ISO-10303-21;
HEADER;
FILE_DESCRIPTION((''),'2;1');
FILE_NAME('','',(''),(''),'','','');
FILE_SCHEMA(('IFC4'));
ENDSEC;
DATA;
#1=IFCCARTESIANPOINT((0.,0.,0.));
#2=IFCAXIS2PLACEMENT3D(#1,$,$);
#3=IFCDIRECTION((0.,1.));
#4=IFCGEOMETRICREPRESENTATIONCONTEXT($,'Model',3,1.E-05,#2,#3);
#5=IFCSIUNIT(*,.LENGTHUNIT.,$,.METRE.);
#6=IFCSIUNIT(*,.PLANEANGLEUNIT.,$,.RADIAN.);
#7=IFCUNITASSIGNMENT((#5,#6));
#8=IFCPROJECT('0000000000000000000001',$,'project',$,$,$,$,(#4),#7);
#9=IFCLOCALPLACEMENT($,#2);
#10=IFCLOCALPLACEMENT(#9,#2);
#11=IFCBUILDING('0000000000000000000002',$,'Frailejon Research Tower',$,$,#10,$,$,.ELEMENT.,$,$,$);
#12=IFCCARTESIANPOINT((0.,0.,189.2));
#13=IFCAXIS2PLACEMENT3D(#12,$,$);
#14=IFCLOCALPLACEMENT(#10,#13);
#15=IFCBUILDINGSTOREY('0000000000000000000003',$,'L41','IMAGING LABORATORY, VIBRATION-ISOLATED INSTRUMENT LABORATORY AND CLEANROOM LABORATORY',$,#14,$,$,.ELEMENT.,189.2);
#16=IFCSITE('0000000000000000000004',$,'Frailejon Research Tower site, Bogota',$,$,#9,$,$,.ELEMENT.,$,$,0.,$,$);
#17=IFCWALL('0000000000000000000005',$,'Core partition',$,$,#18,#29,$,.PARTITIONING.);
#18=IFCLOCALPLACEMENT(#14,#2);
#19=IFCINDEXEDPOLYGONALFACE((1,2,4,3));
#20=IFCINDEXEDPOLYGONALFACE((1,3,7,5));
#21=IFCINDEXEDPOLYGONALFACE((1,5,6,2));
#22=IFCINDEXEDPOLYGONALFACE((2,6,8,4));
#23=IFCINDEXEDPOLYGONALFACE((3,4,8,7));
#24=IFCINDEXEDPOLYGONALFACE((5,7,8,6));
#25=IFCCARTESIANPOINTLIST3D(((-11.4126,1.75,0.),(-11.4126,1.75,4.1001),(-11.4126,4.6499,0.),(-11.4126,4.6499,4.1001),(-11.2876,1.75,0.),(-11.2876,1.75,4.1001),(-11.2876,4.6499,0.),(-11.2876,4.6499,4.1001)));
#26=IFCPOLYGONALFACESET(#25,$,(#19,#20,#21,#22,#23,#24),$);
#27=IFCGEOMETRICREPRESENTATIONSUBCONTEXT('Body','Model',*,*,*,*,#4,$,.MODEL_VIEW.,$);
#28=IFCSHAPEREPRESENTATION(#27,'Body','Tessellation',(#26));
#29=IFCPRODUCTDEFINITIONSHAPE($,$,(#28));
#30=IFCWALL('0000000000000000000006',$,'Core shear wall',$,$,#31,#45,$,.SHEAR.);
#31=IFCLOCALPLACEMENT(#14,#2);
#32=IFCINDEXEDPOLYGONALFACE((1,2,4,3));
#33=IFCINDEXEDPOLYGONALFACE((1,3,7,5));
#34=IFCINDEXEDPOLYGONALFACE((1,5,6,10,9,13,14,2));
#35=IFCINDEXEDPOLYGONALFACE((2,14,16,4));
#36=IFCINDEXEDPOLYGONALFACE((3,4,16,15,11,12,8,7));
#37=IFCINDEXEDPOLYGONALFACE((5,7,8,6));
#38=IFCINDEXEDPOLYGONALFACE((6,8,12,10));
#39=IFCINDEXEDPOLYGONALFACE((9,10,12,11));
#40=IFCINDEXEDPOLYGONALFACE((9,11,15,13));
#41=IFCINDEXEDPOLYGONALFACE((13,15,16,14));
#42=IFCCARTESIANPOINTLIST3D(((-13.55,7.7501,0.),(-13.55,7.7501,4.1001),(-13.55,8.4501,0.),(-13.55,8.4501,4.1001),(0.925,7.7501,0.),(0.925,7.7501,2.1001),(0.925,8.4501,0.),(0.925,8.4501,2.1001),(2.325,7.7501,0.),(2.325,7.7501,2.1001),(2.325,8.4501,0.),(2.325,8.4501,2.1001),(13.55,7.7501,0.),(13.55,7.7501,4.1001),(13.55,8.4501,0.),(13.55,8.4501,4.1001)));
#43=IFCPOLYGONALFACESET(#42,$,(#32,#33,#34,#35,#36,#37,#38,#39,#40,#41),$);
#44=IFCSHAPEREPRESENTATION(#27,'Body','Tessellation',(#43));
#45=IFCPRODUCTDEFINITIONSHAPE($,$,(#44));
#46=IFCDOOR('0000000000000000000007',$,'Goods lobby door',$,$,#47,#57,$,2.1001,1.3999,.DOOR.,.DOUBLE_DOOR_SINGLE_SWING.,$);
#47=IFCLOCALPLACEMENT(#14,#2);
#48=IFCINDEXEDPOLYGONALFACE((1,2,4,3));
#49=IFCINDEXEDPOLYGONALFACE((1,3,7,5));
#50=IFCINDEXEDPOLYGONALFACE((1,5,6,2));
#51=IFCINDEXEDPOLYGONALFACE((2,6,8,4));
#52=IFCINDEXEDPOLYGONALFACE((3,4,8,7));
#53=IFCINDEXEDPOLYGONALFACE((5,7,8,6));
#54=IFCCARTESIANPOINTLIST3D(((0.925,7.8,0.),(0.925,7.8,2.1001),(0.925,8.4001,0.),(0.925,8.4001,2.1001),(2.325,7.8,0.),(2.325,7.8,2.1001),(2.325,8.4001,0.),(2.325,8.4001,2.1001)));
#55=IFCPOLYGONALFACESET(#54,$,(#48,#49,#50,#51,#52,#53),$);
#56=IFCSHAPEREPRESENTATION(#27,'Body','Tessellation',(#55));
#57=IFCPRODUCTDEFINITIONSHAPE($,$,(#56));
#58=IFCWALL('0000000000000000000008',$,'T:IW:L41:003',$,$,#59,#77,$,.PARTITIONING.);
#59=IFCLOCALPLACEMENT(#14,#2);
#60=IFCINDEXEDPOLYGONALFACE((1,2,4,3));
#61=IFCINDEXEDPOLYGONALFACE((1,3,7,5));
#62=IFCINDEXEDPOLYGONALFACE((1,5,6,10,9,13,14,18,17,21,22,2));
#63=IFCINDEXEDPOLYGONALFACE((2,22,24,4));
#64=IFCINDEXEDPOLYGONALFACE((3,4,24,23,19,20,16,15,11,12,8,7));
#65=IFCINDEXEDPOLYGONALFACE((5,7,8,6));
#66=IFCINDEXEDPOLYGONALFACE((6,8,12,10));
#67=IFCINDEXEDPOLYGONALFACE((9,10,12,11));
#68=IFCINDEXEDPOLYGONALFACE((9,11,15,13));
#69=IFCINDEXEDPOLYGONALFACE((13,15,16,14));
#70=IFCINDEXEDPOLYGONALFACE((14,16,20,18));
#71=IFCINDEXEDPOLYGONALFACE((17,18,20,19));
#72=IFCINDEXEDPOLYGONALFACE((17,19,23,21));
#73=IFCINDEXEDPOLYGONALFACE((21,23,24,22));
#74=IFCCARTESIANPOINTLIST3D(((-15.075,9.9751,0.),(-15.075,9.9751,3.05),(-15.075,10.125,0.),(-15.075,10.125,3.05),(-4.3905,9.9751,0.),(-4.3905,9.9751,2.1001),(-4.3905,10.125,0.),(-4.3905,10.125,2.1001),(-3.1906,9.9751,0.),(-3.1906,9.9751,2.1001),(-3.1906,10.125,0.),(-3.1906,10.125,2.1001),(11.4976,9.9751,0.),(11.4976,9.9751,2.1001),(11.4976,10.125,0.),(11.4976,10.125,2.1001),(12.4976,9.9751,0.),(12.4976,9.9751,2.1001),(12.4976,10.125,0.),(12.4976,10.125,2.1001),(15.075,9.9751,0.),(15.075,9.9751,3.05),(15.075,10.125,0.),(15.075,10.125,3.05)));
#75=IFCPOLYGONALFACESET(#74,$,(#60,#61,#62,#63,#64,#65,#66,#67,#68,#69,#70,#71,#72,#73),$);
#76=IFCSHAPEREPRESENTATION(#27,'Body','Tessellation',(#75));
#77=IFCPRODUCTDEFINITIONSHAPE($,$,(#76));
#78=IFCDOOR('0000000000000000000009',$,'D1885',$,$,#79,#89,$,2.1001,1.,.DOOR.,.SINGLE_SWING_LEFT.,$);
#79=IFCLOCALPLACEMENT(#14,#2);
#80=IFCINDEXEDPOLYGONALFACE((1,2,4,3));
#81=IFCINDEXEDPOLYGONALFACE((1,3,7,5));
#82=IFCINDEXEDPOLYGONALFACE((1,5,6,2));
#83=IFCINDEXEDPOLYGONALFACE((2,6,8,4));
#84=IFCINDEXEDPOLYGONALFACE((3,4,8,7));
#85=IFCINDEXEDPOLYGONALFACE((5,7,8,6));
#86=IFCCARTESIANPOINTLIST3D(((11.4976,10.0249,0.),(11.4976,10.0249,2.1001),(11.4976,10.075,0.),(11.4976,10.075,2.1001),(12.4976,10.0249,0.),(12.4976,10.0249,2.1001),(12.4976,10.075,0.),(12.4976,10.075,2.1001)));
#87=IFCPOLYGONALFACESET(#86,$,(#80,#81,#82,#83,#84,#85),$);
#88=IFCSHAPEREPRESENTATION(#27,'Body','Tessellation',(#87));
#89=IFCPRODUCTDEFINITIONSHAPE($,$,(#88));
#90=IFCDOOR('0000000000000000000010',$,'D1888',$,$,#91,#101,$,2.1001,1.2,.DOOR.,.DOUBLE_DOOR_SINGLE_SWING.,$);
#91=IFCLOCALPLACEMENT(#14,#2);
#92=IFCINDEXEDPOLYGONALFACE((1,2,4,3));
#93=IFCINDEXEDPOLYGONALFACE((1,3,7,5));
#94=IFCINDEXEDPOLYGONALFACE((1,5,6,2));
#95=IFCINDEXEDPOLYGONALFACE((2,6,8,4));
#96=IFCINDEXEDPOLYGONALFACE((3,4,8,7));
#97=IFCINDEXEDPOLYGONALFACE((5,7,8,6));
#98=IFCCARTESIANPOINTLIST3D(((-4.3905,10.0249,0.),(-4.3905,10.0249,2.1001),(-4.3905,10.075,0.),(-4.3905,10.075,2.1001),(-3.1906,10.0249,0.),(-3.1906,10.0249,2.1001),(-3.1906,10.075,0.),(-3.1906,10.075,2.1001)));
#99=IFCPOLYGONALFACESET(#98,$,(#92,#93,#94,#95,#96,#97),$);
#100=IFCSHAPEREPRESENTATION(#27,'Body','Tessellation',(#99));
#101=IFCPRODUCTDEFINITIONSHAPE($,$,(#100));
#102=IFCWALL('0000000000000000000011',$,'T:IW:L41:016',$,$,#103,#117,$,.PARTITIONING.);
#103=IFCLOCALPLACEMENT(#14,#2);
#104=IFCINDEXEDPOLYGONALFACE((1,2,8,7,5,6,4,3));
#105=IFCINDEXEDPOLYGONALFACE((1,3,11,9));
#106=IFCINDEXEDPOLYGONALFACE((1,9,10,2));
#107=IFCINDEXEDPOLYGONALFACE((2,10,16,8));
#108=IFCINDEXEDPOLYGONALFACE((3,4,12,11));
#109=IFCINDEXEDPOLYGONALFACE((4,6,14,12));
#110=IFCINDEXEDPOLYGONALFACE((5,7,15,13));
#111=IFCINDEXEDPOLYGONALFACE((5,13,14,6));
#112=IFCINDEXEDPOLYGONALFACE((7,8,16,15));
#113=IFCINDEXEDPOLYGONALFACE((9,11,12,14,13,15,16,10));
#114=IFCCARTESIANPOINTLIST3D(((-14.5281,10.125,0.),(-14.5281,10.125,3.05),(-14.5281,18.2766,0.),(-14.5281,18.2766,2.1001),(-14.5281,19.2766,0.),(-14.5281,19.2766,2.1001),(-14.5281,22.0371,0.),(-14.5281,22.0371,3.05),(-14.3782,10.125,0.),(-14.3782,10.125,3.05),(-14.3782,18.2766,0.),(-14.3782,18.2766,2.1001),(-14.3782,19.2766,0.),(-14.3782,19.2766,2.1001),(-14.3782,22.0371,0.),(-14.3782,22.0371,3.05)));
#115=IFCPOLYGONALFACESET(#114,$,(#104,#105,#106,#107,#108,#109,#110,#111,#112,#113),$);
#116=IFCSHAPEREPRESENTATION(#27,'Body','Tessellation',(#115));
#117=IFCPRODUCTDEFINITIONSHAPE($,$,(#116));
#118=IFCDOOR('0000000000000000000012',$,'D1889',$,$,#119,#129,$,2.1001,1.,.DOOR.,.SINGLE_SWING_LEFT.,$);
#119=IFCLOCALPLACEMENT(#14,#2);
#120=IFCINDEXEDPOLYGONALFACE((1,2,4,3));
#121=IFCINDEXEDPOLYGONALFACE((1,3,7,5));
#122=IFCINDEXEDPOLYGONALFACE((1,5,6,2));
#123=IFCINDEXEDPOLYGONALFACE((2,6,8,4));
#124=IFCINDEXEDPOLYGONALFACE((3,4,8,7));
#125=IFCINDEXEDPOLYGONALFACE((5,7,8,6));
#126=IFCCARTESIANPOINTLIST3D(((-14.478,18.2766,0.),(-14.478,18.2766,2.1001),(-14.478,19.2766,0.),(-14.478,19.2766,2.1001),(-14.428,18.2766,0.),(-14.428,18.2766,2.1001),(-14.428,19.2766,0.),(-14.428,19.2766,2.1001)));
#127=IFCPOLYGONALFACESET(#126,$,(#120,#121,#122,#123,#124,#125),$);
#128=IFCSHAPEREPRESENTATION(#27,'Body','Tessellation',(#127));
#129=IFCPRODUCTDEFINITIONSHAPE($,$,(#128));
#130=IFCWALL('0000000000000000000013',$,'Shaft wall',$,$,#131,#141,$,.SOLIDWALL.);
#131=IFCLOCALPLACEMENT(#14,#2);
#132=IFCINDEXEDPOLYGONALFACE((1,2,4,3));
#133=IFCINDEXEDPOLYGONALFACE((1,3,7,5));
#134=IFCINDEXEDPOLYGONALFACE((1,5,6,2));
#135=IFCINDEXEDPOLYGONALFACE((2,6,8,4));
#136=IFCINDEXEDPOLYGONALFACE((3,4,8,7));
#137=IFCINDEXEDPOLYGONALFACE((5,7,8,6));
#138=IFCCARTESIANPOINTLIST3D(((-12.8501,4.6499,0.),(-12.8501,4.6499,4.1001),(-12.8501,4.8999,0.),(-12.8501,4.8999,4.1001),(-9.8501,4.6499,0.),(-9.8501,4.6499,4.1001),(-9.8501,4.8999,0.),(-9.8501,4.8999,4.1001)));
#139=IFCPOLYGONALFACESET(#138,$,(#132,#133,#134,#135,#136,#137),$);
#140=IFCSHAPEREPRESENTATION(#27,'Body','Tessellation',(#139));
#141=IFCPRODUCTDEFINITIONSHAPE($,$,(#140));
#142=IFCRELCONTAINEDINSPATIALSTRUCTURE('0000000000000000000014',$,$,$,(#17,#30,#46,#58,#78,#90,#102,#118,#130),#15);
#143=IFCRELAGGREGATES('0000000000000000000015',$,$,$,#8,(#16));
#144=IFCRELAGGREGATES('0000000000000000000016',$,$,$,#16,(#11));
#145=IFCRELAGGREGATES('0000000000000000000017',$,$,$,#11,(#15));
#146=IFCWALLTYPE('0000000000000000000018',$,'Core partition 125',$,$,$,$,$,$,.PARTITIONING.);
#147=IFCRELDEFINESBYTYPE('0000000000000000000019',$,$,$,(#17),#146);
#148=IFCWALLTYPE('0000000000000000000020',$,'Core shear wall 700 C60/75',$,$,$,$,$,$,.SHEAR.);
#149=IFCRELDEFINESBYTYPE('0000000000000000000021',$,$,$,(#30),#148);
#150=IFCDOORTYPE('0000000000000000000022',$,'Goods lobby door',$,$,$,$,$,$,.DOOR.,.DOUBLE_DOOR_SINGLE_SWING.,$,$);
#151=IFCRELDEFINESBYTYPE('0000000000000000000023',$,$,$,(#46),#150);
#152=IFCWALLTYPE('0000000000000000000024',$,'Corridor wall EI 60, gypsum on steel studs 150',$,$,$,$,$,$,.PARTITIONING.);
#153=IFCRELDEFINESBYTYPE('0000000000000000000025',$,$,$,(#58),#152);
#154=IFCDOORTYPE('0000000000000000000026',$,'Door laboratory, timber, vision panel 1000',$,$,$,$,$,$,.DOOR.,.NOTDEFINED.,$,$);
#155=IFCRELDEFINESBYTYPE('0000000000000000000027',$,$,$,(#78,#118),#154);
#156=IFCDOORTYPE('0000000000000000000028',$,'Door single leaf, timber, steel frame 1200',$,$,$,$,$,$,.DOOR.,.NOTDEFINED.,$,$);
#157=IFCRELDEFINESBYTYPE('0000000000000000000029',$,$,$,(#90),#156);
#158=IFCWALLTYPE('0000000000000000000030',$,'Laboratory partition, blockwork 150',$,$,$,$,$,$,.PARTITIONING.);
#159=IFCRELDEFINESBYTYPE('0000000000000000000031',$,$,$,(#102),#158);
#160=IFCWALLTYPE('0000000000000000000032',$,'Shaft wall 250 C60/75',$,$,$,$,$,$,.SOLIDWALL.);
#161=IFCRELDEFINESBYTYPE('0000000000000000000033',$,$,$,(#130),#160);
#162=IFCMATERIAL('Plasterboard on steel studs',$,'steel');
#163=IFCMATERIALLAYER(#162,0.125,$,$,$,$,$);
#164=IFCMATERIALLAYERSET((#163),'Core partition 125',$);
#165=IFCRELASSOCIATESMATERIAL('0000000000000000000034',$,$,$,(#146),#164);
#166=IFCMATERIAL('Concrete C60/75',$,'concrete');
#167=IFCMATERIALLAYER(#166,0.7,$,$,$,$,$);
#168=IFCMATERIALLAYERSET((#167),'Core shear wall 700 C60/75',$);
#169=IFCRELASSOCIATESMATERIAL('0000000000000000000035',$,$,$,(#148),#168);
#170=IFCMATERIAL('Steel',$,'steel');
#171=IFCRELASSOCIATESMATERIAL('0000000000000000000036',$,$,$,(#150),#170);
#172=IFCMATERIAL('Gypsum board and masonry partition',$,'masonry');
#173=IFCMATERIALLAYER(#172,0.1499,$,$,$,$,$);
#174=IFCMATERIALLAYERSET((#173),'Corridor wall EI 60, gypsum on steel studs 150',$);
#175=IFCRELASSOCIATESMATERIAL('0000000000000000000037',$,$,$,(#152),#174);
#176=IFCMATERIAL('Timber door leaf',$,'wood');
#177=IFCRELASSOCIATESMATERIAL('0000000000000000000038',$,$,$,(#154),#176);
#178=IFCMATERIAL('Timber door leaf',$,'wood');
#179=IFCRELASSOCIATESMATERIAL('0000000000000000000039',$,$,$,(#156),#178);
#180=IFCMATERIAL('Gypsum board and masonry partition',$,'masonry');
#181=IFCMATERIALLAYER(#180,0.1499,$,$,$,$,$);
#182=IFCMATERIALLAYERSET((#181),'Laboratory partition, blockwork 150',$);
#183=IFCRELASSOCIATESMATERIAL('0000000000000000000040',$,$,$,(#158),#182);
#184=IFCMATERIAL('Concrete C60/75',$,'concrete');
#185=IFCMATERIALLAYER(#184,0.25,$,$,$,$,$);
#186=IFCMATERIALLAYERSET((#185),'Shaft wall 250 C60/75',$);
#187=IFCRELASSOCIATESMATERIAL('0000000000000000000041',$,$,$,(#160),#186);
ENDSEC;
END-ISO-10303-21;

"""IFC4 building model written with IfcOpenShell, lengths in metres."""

from ifc_helpers import new_model, si_unit, direction, frame, frame_2d, origin, place, context, subcontext, project, spatial, rectangle, extrude, material, layer, layer_set, type_object, element, fill, save


model = new_model("IFC4")

# Units and contexts
model_context = context("Model", 3, precision=1e-05, world=origin(), true_north=direction((0.0, 1.0)))
body_context = subcontext(model_context, "Body", "Model", "MODEL_VIEW")
ifc_project = project(units=[si_unit("LENGTHUNIT", "METRE"), si_unit("PLANEANGLEUNIT", "RADIAN")], contexts=[model_context])

# Site, building, storey
site_placement = place(None, origin())
site = spatial("IfcSite", under=ifc_project, at=site_placement, Name="Frailejon Research Tower site, Bogota", CompositionType="ELEMENT", RefElevation=0.0)
building_placement = place(site_placement, origin())
building = spatial("IfcBuilding", under=site, at=building_placement, Name="Frailejon Research Tower", CompositionType="ELEMENT")
storey_placement = place(building_placement, frame((0.0, 0.0, 189.2)))
storey = spatial("IfcBuildingStorey", under=building, at=storey_placement, Name="L41", Description="IMAGING LABORATORY, VIBRATION-ISOLATED INSTRUMENT LABORATORY AND CLEANROOM LABORATORY", CompositionType="ELEMENT", Elevation=189.2)

# Wall
ifc_material_1 = material(Name="Plasterboard on steel studs", Category="steel")
ifc_layer_1 = layer(ifc_material_1, 0.125)
ifc_layer_set_1 = layer_set([ifc_layer_1], Name="Core partition 125")
wall_type_1 = type_object("IfcWallType", Name="Core partition 125", PredefinedType="PARTITIONING", material=ifc_layer_set_1)
wall_1_placement = place(storey_placement, frame((-11.3501, 1.75, 0.0), z_axis=(0.0, 0.0, 1.0), x_axis=(0.0, 1.0, 0.0)))
element("IfcWall", 1, at=wall_1_placement, inside=storey, type_object=wall_type_1, Name="Core partition", PredefinedType="PARTITIONING", context=body_context, shape_type="SweptSolid", body=[
    extrude(rectangle(XDim=2.8999, YDim=0.125, at=frame_2d((1.45, 0.0))), origin(), (0.0, 0.0, 1.0), 4.1001),
])

# Wall, opening, door
ifc_material_2 = material(Name="Concrete C60/75", Category="concrete")
ifc_layer_2 = layer(ifc_material_2, 0.7)
ifc_layer_set_2 = layer_set([ifc_layer_2], Name="Core shear wall 700 C60/75")
wall_type_2 = type_object("IfcWallType", Name="Core shear wall 700 C60/75", PredefinedType="SHEAR", material=ifc_layer_set_2)
wall_2_placement = place(storey_placement, frame((-13.55, 8.1001, 0.0), z_axis=(0.0, 0.0, 1.0), x_axis=(1.0, 0.0, 0.0)))
wall_2 = element("IfcWall", 2, at=wall_2_placement, inside=storey, type_object=wall_type_2, Name="Core shear wall", PredefinedType="SHEAR", context=body_context, shape_type="SweptSolid", body=[
    extrude(rectangle(XDim=27.1001, YDim=0.7, at=frame_2d((13.55, 0.0))), origin(), (0.0, 0.0, 1.0), 4.1001),
])
opening_1_placement = place(wall_2_placement, frame((14.4751, 0.0, 0.0)))
opening_1 = element("IfcOpeningElement", 3, at=opening_1_placement, cuts=wall_2, PredefinedType="OPENING", context=body_context, shape_type="SweptSolid", body=[
    extrude(rectangle(XDim=1.3999, YDim=2.1001, at=frame_2d((0.7, 1.05))), frame((0.0, 0.3599, 0.0), z_axis=(0.0, -1.0, 0.0), x_axis=(1.0, 0.0, 0.0)), (0.0, 0.0, 1.0), 0.72),
])
ifc_material_3 = material(Name="Steel", Category="steel")
door_type_1 = type_object("IfcDoorType", Name="Goods lobby door", OperationType="DOUBLE_DOOR_SINGLE_SWING", PredefinedType="DOOR", material=ifc_material_3)
door_1_placement = place(opening_1_placement, origin())
door_1 = element("IfcDoor", 4, at=door_1_placement, inside=storey, type_object=door_type_1, Name="Goods lobby door", OperationType="DOUBLE_DOOR_SINGLE_SWING", OverallHeight=2.1001, OverallWidth=1.3999, PredefinedType="DOOR", context=body_context, shape_type="SweptSolid", body=[
    extrude(rectangle(XDim=1.3999, YDim=2.1001, at=frame_2d((0.7, 1.05))), frame((0.0, 0.3, 0.0), z_axis=(0.0, -1.0, 0.0), x_axis=(1.0, 0.0, 0.0)), (0.0, 0.0, 1.0), 0.6001),
])
fill(opening_1, door_1)

# Wall, openings, doors
ifc_material_4 = material(Name="Gypsum board and masonry partition", Category="masonry")
ifc_layer_3 = layer(ifc_material_4, 0.1499)
ifc_layer_set_3 = layer_set([ifc_layer_3], Name="Corridor wall EI 60, gypsum on steel studs 150")
wall_type_3 = type_object("IfcWallType", Name="Corridor wall EI 60, gypsum on steel studs 150", PredefinedType="PARTITIONING", material=ifc_layer_set_3)
wall_3_placement = place(storey_placement, frame((-15.075, 10.05, 0.0), z_axis=(0.0, 0.0, 1.0), x_axis=(1.0, 0.0, 0.0)))
wall_3 = element("IfcWall", 5, at=wall_3_placement, inside=storey, type_object=wall_type_3, Name="T:IW:L41:003", PredefinedType="PARTITIONING", context=body_context, shape_type="SweptSolid", body=[
    extrude(rectangle(XDim=30.1499, YDim=0.1499, at=frame_2d((15.075, 0.0))), origin(), (0.0, 0.0, 1.0), 3.05),
])
opening_2_placement = place(wall_3_placement, frame((26.5725, 0.0, 0.0)))
opening_2 = element("IfcOpeningElement", 6, at=opening_2_placement, cuts=wall_3, PredefinedType="OPENING", context=body_context, shape_type="SweptSolid", body=[
    extrude(rectangle(XDim=1.0, YDim=2.1001, at=frame_2d((0.5, 1.05))), frame((0.0, 0.085, 0.0), z_axis=(0.0, -1.0, 0.0), x_axis=(1.0, 0.0, 0.0)), (0.0, 0.0, 1.0), 0.1699),
])
opening_3_placement = place(wall_3_placement, frame((10.6843, 0.0, 0.0)))
opening_3 = element("IfcOpeningElement", 7, at=opening_3_placement, cuts=wall_3, PredefinedType="OPENING", context=body_context, shape_type="SweptSolid", body=[
    extrude(rectangle(XDim=1.2, YDim=2.1001, at=frame_2d((0.6001, 1.05))), frame((0.0, 0.085, 0.0), z_axis=(0.0, -1.0, 0.0), x_axis=(1.0, 0.0, 0.0)), (0.0, 0.0, 1.0), 0.1699),
])
ifc_material_5 = material(Name="Timber door leaf", Category="wood")
door_type_2 = type_object("IfcDoorType", Name="Door laboratory, timber, vision panel 1000", OperationType="NOTDEFINED", PredefinedType="DOOR", material=ifc_material_5)
door_2_placement = place(opening_2_placement, origin())
door_2 = element("IfcDoor", 8, at=door_2_placement, inside=storey, type_object=door_type_2, Name="D1885", OperationType="SINGLE_SWING_LEFT", OverallHeight=2.1001, OverallWidth=1.0, PredefinedType="DOOR", context=body_context, shape_type="SweptSolid", body=[
    extrude(rectangle(XDim=1.0, YDim=2.1001, at=frame_2d((0.5, 1.05))), frame((0.0, 0.0249, 0.0), z_axis=(0.0, -1.0, 0.0), x_axis=(1.0, 0.0, 0.0)), (0.0, 0.0, 1.0), 0.05),
])
fill(opening_2, door_2)
ifc_material_6 = material(Name="Timber door leaf", Category="wood")
door_type_3 = type_object("IfcDoorType", Name="Door single leaf, timber, steel frame 1200", OperationType="NOTDEFINED", PredefinedType="DOOR", material=ifc_material_6)
door_3_placement = place(opening_3_placement, origin())
door_3 = element("IfcDoor", 9, at=door_3_placement, inside=storey, type_object=door_type_3, Name="D1888", OperationType="DOUBLE_DOOR_SINGLE_SWING", OverallHeight=2.1001, OverallWidth=1.2, PredefinedType="DOOR", context=body_context, shape_type="SweptSolid", body=[
    extrude(rectangle(XDim=1.2, YDim=2.1001, at=frame_2d((0.6001, 1.05))), frame((0.0, 0.0249, 0.0), z_axis=(0.0, -1.0, 0.0), x_axis=(1.0, 0.0, 0.0)), (0.0, 0.0, 1.0), 0.05),
])
fill(opening_3, door_3)

# Wall, opening, door
ifc_material_7 = material(Name="Gypsum board and masonry partition", Category="masonry")
ifc_layer_4 = layer(ifc_material_7, 0.1499)
ifc_layer_set_4 = layer_set([ifc_layer_4], Name="Laboratory partition, blockwork 150")
wall_type_4 = type_object("IfcWallType", Name="Laboratory partition, blockwork 150", PredefinedType="PARTITIONING", material=ifc_layer_set_4)
wall_4_placement = place(storey_placement, frame((-14.4531, 10.125, 0.0), z_axis=(0.0, 0.0, 1.0), x_axis=(0.0, 1.0, 0.0)))
wall_4 = element("IfcWall", 10, at=wall_4_placement, inside=storey, type_object=wall_type_4, Name="T:IW:L41:016", PredefinedType="PARTITIONING", context=body_context, shape_type="SweptSolid", body=[
    extrude(rectangle(XDim=11.9121, YDim=0.1499, at=frame_2d((5.9561, 0.0))), origin(), (0.0, 0.0, 1.0), 3.05),
])
opening_4_placement = place(wall_4_placement, frame((8.1516, 0.0, 0.0)))
opening_4 = element("IfcOpeningElement", 11, at=opening_4_placement, cuts=wall_4, PredefinedType="OPENING", context=body_context, shape_type="SweptSolid", body=[
    extrude(rectangle(XDim=1.0, YDim=2.1001, at=frame_2d((0.5, 1.05))), frame((0.0, 0.085, 0.0), z_axis=(0.0, -1.0, 0.0), x_axis=(1.0, 0.0, 0.0)), (0.0, 0.0, 1.0), 0.1699),
])
door_4_placement = place(opening_4_placement, origin())
door_4 = element("IfcDoor", 12, at=door_4_placement, inside=storey, type_object=door_type_2, Name="D1889", OperationType="SINGLE_SWING_LEFT", OverallHeight=2.1001, OverallWidth=1.0, PredefinedType="DOOR", context=body_context, shape_type="SweptSolid", body=[
    extrude(rectangle(XDim=1.0, YDim=2.1001, at=frame_2d((0.5, 1.05))), frame((0.0, 0.0249, 0.0), z_axis=(0.0, -1.0, 0.0), x_axis=(1.0, 0.0, 0.0)), (0.0, 0.0, 1.0), 0.05),
])
fill(opening_4, door_4)

# Wall
ifc_material_8 = material(Name="Concrete C60/75", Category="concrete")
ifc_layer_5 = layer(ifc_material_8, 0.25)
ifc_layer_set_5 = layer_set([ifc_layer_5], Name="Shaft wall 250 C60/75")
wall_type_5 = type_object("IfcWallType", Name="Shaft wall 250 C60/75", PredefinedType="SOLIDWALL", material=ifc_layer_set_5)
wall_5_placement = place(storey_placement, frame((-12.8501, 4.7749, 0.0), z_axis=(0.0, 0.0, 1.0), x_axis=(1.0, 0.0, 0.0)))
element("IfcWall", 13, at=wall_5_placement, inside=storey, type_object=wall_type_5, Name="Shaft wall", PredefinedType="SOLIDWALL", context=body_context, shape_type="SweptSolid", body=[
    extrude(rectangle(XDim=3.0, YDim=0.25, at=frame_2d((1.5, 0.0))), origin(), (0.0, 0.0, 1.0), 4.1001),
])

save(model, "model.ifc")
